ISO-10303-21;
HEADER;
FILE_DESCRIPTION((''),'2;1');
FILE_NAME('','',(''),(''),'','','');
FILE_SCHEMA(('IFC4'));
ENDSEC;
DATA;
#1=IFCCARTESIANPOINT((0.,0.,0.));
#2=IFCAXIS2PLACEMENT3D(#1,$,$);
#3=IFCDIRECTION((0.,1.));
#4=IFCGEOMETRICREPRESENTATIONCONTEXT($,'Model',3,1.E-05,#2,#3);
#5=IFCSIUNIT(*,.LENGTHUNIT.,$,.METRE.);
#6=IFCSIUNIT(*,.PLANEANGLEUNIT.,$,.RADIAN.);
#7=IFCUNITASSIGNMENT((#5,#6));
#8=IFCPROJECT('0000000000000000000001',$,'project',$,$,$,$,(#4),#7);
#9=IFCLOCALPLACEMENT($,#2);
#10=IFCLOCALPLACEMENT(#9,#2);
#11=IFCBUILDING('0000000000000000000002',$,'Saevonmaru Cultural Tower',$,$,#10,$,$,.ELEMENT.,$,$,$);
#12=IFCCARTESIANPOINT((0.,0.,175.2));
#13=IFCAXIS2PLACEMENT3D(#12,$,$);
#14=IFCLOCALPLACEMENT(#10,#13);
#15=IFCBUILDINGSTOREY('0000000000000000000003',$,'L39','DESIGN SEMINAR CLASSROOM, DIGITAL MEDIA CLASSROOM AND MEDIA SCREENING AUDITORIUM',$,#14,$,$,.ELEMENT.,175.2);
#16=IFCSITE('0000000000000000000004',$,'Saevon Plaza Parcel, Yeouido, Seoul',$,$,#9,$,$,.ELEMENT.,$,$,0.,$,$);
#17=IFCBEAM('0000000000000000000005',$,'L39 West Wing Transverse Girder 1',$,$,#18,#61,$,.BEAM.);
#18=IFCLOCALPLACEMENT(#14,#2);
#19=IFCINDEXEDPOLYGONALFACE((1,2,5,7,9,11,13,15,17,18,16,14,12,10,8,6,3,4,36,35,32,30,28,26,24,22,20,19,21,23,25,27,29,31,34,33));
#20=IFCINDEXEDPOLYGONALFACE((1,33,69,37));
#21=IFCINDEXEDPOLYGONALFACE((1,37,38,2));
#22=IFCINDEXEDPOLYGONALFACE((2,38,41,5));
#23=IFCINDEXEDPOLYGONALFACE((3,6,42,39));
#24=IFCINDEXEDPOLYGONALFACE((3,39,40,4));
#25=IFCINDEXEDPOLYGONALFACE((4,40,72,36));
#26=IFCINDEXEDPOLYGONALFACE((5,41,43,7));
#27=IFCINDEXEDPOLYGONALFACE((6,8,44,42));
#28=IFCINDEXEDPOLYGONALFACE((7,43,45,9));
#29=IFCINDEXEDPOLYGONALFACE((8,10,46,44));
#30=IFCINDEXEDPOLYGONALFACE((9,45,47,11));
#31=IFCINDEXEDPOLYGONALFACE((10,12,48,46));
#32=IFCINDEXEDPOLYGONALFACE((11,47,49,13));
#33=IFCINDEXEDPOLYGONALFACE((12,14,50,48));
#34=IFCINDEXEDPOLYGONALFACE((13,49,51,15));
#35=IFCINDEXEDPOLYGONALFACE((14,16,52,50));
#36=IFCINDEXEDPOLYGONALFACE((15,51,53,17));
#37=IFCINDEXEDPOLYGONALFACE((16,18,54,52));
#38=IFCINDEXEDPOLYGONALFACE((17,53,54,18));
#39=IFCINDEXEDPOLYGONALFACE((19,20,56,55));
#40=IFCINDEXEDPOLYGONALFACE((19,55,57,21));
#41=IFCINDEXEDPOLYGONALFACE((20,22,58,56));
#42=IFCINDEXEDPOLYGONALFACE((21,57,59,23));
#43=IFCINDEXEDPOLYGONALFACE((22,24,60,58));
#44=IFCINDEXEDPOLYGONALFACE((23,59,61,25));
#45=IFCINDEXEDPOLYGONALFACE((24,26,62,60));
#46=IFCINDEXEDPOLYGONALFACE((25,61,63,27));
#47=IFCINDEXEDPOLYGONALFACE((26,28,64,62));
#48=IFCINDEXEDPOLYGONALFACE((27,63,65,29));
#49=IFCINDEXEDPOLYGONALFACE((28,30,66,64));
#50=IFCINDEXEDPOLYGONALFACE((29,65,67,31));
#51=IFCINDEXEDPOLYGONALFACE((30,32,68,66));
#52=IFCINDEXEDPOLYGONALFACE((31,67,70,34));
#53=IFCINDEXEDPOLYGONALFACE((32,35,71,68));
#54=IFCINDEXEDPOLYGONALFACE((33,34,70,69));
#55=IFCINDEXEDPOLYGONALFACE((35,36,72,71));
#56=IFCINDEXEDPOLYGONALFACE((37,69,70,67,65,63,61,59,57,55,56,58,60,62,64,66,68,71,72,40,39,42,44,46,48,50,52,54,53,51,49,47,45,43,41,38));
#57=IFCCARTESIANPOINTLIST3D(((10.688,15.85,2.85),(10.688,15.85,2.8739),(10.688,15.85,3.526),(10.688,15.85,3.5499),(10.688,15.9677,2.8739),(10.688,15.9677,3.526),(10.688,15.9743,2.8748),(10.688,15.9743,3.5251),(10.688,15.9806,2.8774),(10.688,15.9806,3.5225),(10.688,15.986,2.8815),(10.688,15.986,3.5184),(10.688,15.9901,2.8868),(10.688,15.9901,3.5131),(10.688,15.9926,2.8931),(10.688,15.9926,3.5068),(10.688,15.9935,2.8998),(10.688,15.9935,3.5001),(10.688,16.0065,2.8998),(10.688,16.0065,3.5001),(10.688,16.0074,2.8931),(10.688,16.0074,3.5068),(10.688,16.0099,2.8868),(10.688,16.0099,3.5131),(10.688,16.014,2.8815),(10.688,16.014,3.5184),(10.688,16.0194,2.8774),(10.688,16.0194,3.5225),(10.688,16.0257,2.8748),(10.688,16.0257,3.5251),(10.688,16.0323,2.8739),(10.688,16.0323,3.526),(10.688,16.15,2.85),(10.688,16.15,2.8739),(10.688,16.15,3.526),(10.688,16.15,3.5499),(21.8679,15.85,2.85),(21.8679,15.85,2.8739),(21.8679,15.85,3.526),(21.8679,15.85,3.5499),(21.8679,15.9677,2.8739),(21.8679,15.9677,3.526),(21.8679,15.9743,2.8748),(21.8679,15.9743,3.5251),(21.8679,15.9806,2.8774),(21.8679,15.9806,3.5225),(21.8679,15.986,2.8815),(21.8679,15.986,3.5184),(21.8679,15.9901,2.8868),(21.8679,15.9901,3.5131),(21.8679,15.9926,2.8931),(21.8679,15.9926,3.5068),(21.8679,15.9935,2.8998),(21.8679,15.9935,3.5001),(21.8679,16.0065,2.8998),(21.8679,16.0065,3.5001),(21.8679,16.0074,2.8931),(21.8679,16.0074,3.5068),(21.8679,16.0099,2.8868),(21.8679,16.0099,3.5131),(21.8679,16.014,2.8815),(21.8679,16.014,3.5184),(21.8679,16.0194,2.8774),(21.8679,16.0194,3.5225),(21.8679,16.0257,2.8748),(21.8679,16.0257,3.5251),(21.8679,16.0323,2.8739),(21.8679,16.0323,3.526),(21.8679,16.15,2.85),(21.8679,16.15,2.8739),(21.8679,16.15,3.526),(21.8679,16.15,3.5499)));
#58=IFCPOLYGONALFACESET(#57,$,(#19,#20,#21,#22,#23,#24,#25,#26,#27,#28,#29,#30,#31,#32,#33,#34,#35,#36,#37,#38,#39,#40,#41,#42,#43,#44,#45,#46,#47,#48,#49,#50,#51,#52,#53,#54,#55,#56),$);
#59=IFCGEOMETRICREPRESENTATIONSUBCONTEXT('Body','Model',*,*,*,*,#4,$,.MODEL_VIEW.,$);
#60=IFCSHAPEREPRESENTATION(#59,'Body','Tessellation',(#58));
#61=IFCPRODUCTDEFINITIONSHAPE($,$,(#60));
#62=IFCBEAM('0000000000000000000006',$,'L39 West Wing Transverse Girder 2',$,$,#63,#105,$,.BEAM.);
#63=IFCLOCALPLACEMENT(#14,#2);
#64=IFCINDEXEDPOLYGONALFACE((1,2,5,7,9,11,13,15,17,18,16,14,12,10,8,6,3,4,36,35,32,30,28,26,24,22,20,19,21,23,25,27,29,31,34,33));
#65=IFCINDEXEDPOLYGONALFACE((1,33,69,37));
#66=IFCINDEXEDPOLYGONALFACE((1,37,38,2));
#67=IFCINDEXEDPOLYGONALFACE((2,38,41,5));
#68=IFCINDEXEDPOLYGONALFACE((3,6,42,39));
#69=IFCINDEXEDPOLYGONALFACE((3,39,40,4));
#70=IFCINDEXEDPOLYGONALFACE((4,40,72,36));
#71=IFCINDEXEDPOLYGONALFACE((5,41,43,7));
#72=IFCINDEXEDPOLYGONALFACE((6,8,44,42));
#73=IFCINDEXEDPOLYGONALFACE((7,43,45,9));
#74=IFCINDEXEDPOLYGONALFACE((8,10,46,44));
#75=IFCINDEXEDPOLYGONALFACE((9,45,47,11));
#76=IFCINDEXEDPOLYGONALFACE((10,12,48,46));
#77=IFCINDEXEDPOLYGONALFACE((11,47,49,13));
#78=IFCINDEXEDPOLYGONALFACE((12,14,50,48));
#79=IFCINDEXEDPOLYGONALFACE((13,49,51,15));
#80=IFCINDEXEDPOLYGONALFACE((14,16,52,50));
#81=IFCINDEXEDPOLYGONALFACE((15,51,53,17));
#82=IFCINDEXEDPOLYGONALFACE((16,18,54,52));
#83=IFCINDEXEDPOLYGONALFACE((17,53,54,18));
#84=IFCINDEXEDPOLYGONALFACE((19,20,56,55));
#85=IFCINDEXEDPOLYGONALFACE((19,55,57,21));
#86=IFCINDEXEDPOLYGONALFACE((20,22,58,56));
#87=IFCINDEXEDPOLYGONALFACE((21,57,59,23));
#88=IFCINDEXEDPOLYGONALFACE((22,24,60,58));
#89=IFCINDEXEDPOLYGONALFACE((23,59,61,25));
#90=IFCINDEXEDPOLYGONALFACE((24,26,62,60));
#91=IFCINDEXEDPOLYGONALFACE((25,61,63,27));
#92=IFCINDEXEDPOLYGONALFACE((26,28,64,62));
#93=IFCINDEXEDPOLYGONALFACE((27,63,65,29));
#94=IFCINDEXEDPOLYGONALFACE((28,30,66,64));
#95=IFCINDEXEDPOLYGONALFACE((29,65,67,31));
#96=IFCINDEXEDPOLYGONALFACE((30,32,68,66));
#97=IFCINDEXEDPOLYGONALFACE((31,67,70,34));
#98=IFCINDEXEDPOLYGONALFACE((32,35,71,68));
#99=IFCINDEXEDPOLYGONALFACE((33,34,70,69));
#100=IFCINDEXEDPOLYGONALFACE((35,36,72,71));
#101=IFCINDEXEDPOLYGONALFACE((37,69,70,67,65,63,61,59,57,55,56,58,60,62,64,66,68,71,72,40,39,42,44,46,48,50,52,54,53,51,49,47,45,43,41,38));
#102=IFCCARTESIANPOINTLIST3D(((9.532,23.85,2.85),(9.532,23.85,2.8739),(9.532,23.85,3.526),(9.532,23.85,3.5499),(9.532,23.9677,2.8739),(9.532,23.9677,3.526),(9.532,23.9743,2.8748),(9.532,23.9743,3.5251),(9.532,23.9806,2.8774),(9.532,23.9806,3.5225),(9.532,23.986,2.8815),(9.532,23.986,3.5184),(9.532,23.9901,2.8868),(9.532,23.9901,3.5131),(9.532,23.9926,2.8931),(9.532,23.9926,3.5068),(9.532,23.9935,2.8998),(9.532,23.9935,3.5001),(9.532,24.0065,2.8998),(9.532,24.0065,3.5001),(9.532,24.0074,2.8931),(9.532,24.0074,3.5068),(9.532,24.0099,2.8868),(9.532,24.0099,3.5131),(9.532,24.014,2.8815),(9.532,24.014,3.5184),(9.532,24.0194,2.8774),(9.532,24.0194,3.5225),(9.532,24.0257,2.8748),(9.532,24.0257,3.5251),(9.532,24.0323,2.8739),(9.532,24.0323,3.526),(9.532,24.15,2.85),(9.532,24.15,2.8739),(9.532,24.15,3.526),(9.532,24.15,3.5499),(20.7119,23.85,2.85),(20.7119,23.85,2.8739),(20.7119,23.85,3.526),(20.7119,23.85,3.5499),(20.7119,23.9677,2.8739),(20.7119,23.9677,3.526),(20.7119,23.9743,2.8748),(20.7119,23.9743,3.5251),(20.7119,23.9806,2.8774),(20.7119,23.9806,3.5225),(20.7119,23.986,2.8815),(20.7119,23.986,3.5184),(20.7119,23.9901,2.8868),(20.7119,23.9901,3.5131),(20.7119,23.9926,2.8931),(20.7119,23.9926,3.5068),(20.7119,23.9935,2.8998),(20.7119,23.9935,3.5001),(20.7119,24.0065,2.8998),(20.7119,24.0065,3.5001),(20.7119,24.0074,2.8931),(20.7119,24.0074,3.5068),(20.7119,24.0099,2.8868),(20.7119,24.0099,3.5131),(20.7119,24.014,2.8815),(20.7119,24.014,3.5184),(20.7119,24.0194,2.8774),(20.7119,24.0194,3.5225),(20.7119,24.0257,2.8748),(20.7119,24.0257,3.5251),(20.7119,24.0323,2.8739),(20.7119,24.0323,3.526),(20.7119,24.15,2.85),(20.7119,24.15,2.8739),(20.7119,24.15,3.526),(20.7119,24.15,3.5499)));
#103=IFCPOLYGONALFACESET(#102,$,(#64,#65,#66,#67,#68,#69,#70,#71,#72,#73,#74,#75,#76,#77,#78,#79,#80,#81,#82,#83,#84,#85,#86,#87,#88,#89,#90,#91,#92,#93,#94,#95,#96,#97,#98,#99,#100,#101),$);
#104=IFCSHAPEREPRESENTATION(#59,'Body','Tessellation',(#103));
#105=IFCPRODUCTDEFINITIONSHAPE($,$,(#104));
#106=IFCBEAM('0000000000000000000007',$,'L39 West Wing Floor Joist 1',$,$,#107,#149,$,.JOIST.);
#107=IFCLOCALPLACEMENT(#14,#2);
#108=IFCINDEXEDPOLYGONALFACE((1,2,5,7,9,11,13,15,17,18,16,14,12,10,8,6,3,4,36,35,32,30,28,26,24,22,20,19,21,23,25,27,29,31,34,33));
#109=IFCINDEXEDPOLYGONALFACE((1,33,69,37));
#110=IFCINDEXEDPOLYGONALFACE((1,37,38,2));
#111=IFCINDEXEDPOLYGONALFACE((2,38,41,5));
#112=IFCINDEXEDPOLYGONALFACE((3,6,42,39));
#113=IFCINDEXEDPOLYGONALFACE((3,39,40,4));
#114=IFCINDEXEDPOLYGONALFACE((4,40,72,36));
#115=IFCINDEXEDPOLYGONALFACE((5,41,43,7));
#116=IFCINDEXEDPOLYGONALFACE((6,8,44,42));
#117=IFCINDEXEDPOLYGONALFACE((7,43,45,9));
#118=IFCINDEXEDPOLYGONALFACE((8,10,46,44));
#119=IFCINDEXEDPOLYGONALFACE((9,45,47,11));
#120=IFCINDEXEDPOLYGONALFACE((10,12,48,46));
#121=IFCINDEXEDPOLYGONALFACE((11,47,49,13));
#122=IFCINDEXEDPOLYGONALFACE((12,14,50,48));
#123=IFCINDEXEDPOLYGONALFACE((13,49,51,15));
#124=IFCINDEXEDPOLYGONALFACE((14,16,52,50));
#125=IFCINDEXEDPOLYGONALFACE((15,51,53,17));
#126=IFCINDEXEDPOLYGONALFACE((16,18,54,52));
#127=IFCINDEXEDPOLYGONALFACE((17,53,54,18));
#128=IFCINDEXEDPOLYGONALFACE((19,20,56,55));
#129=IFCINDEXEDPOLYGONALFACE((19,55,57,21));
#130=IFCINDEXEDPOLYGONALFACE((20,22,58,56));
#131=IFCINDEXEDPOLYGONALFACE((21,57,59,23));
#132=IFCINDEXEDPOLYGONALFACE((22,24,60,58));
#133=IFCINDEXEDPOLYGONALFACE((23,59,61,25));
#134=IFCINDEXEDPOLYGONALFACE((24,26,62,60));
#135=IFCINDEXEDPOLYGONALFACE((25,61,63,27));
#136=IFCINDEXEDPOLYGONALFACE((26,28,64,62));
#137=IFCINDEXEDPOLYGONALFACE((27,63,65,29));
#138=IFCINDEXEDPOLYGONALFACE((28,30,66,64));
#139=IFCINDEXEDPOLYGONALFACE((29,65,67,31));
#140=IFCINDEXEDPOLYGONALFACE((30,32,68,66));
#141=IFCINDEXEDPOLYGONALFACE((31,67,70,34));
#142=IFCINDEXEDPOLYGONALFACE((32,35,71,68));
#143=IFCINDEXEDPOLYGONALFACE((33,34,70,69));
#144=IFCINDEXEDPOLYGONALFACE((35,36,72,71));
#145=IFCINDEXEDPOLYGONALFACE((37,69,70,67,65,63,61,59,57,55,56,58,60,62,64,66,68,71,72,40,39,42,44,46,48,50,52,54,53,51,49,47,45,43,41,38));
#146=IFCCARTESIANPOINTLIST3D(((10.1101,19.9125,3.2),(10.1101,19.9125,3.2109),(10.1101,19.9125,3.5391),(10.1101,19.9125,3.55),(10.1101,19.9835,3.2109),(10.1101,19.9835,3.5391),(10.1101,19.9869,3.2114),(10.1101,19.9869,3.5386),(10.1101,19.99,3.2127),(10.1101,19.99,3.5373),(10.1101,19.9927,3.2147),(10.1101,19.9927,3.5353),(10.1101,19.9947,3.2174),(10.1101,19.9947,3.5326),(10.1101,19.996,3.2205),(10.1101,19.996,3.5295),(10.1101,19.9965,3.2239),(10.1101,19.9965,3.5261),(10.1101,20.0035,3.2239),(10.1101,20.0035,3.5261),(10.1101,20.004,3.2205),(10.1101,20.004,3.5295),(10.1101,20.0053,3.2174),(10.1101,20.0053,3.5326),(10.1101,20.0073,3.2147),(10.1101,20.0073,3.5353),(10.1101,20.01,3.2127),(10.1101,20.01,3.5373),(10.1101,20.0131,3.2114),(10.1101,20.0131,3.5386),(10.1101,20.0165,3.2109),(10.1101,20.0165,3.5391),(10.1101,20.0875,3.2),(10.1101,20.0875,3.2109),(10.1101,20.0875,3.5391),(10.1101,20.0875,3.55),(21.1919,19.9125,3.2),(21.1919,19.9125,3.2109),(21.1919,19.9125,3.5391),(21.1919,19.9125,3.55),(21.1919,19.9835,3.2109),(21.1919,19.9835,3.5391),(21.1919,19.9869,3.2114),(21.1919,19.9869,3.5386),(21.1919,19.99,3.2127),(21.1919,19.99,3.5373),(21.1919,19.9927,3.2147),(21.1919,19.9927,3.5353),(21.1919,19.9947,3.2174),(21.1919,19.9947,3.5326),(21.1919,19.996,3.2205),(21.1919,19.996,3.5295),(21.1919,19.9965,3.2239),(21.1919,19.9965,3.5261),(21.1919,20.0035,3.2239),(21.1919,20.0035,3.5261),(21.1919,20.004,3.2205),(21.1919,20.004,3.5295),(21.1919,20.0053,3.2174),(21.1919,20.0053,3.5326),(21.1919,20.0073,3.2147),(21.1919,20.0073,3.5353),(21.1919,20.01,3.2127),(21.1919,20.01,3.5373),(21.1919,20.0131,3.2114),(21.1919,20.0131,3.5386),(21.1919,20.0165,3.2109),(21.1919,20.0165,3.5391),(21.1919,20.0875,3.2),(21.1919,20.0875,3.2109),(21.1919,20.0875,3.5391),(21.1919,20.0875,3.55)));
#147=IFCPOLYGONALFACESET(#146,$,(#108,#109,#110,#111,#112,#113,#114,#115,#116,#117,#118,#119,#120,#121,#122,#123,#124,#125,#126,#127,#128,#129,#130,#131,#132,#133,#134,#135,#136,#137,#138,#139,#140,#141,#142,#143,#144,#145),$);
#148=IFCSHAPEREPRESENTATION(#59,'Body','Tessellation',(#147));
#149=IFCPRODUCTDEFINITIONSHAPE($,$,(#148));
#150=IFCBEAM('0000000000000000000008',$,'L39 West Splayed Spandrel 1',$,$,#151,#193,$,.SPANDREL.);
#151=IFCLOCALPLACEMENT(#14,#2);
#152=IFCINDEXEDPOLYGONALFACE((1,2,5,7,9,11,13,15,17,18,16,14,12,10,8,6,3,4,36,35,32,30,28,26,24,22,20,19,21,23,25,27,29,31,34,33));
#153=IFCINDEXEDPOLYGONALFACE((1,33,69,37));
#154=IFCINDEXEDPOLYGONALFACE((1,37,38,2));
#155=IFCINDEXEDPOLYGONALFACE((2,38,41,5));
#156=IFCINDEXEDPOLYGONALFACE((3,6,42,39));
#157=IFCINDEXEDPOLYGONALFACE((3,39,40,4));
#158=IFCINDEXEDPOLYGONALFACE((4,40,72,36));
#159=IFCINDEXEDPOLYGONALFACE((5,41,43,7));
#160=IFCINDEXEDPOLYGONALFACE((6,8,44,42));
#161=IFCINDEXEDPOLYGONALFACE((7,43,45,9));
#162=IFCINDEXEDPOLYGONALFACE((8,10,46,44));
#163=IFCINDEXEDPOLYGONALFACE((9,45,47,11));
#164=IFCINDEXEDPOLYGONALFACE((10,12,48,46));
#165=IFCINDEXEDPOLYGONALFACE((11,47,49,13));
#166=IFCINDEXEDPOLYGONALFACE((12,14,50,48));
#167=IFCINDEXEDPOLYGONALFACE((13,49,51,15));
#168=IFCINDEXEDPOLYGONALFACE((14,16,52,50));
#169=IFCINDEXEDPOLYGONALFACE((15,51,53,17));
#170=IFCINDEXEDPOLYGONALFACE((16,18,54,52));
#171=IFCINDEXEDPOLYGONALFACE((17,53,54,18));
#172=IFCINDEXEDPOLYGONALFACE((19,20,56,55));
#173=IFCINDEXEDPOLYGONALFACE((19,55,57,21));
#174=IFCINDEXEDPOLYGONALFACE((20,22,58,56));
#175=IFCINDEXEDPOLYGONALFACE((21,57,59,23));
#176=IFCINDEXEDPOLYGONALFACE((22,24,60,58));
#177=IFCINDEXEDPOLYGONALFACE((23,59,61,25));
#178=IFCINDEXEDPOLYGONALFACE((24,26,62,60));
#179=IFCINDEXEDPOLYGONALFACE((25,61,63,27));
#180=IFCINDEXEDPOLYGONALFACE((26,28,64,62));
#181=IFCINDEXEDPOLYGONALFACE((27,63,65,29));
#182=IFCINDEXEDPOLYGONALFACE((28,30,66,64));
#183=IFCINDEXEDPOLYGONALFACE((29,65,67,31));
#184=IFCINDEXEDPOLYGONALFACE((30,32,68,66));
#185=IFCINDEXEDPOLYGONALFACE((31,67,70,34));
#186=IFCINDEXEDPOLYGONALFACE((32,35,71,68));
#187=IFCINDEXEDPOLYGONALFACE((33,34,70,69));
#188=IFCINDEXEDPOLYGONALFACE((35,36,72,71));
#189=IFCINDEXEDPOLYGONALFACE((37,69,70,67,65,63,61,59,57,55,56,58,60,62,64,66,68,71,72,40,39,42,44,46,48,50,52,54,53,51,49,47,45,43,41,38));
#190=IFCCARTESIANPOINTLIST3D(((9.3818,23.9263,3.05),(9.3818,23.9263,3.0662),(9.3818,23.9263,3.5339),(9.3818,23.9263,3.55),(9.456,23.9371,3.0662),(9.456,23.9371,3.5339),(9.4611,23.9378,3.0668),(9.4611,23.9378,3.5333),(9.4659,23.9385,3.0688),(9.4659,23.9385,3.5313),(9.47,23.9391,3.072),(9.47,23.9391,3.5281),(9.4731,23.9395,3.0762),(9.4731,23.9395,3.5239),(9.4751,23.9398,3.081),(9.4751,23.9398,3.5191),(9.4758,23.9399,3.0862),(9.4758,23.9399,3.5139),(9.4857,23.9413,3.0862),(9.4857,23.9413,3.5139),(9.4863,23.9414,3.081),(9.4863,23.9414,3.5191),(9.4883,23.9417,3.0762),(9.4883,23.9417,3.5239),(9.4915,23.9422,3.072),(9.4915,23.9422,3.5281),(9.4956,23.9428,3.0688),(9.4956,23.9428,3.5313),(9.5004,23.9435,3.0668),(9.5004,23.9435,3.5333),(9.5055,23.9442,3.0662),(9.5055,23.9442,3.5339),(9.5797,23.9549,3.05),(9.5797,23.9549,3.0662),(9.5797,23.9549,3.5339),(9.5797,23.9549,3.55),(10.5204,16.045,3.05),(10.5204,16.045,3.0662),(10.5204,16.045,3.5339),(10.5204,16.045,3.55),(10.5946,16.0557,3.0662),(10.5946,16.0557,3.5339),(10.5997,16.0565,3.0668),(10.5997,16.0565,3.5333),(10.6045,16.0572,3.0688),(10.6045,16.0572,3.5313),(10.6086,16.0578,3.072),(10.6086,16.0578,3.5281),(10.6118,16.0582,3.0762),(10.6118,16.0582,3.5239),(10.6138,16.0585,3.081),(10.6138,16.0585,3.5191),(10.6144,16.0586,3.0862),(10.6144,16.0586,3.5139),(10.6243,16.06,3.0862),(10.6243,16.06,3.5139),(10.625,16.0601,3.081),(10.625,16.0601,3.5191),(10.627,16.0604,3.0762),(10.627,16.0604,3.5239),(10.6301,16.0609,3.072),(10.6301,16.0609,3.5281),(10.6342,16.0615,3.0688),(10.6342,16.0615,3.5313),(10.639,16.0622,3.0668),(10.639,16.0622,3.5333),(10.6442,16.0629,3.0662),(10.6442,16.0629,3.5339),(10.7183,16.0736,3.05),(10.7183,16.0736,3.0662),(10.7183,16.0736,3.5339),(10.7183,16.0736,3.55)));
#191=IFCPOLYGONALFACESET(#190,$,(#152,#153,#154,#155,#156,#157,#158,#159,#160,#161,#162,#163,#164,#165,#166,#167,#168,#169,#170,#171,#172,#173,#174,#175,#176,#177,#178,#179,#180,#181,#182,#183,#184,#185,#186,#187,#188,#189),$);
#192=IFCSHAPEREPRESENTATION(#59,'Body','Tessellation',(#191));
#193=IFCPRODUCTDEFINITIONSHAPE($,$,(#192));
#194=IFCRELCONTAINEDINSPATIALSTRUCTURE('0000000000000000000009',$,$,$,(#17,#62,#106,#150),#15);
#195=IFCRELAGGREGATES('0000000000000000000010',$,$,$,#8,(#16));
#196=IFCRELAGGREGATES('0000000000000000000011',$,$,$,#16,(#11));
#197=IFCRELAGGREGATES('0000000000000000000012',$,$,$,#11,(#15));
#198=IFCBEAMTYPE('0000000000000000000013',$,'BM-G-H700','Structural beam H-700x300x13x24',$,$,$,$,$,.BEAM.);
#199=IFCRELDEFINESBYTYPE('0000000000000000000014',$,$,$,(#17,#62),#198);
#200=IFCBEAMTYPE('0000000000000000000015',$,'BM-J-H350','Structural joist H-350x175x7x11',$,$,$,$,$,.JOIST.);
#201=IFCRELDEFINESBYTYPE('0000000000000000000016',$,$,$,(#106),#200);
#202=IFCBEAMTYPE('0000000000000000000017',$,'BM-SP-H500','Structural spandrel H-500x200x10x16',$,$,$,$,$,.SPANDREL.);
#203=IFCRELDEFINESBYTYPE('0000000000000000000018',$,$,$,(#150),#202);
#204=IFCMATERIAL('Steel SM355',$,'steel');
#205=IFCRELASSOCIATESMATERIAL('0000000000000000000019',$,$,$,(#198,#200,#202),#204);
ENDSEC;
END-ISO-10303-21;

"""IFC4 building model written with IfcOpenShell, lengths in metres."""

from ifc_helpers import new_model, si_unit, direction, frame, origin, origin_2d, place, context, subcontext, project, spatial, i_section, extrude, material, material_profile, profile_set, type_object, element, save


model = new_model("IFC4")

# Units and contexts
model_context = context("Model", 3, precision=1e-05, world=origin(), true_north=direction((0.0, 1.0)))
body_context = subcontext(model_context, "Body", "Model", "MODEL_VIEW")
ifc_project = project(units=[si_unit("LENGTHUNIT", "METRE"), si_unit("PLANEANGLEUNIT", "RADIAN")], contexts=[model_context])

# Site, building, storey
site_placement = place(None, origin())
site = spatial("IfcSite", under=ifc_project, at=site_placement, Name="Saevon Plaza Parcel, Yeouido, Seoul", CompositionType="ELEMENT", RefElevation=0.0)
building_placement = place(site_placement, origin())
building = spatial("IfcBuilding", under=site, at=building_placement, Name="Saevonmaru Cultural Tower", CompositionType="ELEMENT")
storey_placement = place(building_placement, frame((0.0, 0.0, 175.2)))
storey = spatial("IfcBuildingStorey", under=building, at=storey_placement, Name="L39", Description="DESIGN SEMINAR CLASSROOM, DIGITAL MEDIA CLASSROOM AND MEDIA SCREENING AUDITORIUM", CompositionType="ELEMENT", Elevation=175.2)

# Shared definitions
ifc_material_1 = material(Name="Steel SM355", Category="steel")

# Beams
ifc_material_profile_1 = material_profile(ifc_material_1, i_section(OverallWidth=0.3, OverallDepth=0.7, WebThickness=0.0129, FlangeThickness=0.0239, FilletRadius=0.0259, at=origin_2d()), Name="H-700x300x13x24")
ifc_profile_set_1 = profile_set([ifc_material_profile_1], Name="Steel SM355")
beam_type_1 = type_object("IfcBeamType", Name="BM-G-H700", Description="Structural beam H-700x300x13x24", PredefinedType="BEAM", material=ifc_profile_set_1)
for number, where, z_axis, x_axis, name in (
    (1, (10.688, 16.0, 3.2), (1.0, 0.0, 0.0), (0.0, 1.0, 0.0), "L39 West Wing Transverse Girder 1"),
    (2, (9.532, 24.0, 3.2), (1.0, 0.0, 0.0), (0.0, 1.0, 0.0), "L39 West Wing Transverse Girder 2"),
):
    element("IfcBeam", number, at=place(storey_placement, frame(where, z_axis=z_axis, x_axis=x_axis)), inside=storey, type_object=beam_type_1, Name=name, PredefinedType="BEAM", context=body_context, shape_type="SweptSolid", body=[
        extrude(i_section(OverallWidth=0.3, OverallDepth=0.7, WebThickness=0.0129, FlangeThickness=0.0239, FilletRadius=0.0259, at=origin_2d()), origin(), (0.0, 0.0, 1.0), 11.1799),
    ])
ifc_material_profile_2 = material_profile(ifc_material_1, i_section(OverallWidth=0.175, OverallDepth=0.3501, WebThickness=0.0071, FlangeThickness=0.011, FilletRadius=0.0129, at=origin_2d()), Name="H-350x175x7x11")
ifc_profile_set_2 = profile_set([ifc_material_profile_2], Name="Steel SM355")
beam_type_2 = type_object("IfcBeamType", Name="BM-J-H350", Description="Structural joist H-350x175x7x11", PredefinedType="JOIST", material=ifc_profile_set_2)
beam_placement = place(storey_placement, frame((10.1101, 20.0, 3.375), z_axis=(1.0, 0.0, 0.0), x_axis=(0.0, 1.0, 0.0)))
element("IfcBeam", 3, at=beam_placement, inside=storey, type_object=beam_type_2, Name="L39 West Wing Floor Joist 1", PredefinedType="JOIST", context=body_context, shape_type="SweptSolid", body=[
    extrude(i_section(OverallWidth=0.175, OverallDepth=0.3501, WebThickness=0.0071, FlangeThickness=0.011, FilletRadius=0.0129, at=origin_2d()), origin(), (0.0, 0.0, 1.0), 11.0818),
])
ifc_material_profile_3 = material_profile(ifc_material_1, i_section(OverallWidth=0.2, OverallDepth=0.5, WebThickness=0.01, FlangeThickness=0.0161, FilletRadius=0.02, at=origin_2d()), Name="H-500x200x10x16")
ifc_profile_set_3 = profile_set([ifc_material_profile_3], Name="Steel SM355")
beam_type_3 = type_object("IfcBeamType", Name="BM-SP-H500", Description="Structural spandrel H-500x200x10x16", PredefinedType="SPANDREL", material=ifc_profile_set_3)
for number, where, z_axis, x_axis, name in (
    (4, (10.6194, 16.0593, 3.3), (-0.142992, 0.989724, 0.0), (-0.989724, -0.142992, 0.0), "L39 West Splayed Spandrel 1"),
):
    element("IfcBeam", number, at=place(storey_placement, frame(where, z_axis=z_axis, x_axis=x_axis)), inside=storey, type_object=beam_type_3, Name=name, PredefinedType="SPANDREL", context=body_context, shape_type="SweptSolid", body=[
        extrude(i_section(OverallWidth=0.2, OverallDepth=0.5, WebThickness=0.01, FlangeThickness=0.0161, FilletRadius=0.02, at=origin_2d()), origin(), (0.0, 0.0, 1.0), 7.9631),
    ])

save(model, "model.ifc")
